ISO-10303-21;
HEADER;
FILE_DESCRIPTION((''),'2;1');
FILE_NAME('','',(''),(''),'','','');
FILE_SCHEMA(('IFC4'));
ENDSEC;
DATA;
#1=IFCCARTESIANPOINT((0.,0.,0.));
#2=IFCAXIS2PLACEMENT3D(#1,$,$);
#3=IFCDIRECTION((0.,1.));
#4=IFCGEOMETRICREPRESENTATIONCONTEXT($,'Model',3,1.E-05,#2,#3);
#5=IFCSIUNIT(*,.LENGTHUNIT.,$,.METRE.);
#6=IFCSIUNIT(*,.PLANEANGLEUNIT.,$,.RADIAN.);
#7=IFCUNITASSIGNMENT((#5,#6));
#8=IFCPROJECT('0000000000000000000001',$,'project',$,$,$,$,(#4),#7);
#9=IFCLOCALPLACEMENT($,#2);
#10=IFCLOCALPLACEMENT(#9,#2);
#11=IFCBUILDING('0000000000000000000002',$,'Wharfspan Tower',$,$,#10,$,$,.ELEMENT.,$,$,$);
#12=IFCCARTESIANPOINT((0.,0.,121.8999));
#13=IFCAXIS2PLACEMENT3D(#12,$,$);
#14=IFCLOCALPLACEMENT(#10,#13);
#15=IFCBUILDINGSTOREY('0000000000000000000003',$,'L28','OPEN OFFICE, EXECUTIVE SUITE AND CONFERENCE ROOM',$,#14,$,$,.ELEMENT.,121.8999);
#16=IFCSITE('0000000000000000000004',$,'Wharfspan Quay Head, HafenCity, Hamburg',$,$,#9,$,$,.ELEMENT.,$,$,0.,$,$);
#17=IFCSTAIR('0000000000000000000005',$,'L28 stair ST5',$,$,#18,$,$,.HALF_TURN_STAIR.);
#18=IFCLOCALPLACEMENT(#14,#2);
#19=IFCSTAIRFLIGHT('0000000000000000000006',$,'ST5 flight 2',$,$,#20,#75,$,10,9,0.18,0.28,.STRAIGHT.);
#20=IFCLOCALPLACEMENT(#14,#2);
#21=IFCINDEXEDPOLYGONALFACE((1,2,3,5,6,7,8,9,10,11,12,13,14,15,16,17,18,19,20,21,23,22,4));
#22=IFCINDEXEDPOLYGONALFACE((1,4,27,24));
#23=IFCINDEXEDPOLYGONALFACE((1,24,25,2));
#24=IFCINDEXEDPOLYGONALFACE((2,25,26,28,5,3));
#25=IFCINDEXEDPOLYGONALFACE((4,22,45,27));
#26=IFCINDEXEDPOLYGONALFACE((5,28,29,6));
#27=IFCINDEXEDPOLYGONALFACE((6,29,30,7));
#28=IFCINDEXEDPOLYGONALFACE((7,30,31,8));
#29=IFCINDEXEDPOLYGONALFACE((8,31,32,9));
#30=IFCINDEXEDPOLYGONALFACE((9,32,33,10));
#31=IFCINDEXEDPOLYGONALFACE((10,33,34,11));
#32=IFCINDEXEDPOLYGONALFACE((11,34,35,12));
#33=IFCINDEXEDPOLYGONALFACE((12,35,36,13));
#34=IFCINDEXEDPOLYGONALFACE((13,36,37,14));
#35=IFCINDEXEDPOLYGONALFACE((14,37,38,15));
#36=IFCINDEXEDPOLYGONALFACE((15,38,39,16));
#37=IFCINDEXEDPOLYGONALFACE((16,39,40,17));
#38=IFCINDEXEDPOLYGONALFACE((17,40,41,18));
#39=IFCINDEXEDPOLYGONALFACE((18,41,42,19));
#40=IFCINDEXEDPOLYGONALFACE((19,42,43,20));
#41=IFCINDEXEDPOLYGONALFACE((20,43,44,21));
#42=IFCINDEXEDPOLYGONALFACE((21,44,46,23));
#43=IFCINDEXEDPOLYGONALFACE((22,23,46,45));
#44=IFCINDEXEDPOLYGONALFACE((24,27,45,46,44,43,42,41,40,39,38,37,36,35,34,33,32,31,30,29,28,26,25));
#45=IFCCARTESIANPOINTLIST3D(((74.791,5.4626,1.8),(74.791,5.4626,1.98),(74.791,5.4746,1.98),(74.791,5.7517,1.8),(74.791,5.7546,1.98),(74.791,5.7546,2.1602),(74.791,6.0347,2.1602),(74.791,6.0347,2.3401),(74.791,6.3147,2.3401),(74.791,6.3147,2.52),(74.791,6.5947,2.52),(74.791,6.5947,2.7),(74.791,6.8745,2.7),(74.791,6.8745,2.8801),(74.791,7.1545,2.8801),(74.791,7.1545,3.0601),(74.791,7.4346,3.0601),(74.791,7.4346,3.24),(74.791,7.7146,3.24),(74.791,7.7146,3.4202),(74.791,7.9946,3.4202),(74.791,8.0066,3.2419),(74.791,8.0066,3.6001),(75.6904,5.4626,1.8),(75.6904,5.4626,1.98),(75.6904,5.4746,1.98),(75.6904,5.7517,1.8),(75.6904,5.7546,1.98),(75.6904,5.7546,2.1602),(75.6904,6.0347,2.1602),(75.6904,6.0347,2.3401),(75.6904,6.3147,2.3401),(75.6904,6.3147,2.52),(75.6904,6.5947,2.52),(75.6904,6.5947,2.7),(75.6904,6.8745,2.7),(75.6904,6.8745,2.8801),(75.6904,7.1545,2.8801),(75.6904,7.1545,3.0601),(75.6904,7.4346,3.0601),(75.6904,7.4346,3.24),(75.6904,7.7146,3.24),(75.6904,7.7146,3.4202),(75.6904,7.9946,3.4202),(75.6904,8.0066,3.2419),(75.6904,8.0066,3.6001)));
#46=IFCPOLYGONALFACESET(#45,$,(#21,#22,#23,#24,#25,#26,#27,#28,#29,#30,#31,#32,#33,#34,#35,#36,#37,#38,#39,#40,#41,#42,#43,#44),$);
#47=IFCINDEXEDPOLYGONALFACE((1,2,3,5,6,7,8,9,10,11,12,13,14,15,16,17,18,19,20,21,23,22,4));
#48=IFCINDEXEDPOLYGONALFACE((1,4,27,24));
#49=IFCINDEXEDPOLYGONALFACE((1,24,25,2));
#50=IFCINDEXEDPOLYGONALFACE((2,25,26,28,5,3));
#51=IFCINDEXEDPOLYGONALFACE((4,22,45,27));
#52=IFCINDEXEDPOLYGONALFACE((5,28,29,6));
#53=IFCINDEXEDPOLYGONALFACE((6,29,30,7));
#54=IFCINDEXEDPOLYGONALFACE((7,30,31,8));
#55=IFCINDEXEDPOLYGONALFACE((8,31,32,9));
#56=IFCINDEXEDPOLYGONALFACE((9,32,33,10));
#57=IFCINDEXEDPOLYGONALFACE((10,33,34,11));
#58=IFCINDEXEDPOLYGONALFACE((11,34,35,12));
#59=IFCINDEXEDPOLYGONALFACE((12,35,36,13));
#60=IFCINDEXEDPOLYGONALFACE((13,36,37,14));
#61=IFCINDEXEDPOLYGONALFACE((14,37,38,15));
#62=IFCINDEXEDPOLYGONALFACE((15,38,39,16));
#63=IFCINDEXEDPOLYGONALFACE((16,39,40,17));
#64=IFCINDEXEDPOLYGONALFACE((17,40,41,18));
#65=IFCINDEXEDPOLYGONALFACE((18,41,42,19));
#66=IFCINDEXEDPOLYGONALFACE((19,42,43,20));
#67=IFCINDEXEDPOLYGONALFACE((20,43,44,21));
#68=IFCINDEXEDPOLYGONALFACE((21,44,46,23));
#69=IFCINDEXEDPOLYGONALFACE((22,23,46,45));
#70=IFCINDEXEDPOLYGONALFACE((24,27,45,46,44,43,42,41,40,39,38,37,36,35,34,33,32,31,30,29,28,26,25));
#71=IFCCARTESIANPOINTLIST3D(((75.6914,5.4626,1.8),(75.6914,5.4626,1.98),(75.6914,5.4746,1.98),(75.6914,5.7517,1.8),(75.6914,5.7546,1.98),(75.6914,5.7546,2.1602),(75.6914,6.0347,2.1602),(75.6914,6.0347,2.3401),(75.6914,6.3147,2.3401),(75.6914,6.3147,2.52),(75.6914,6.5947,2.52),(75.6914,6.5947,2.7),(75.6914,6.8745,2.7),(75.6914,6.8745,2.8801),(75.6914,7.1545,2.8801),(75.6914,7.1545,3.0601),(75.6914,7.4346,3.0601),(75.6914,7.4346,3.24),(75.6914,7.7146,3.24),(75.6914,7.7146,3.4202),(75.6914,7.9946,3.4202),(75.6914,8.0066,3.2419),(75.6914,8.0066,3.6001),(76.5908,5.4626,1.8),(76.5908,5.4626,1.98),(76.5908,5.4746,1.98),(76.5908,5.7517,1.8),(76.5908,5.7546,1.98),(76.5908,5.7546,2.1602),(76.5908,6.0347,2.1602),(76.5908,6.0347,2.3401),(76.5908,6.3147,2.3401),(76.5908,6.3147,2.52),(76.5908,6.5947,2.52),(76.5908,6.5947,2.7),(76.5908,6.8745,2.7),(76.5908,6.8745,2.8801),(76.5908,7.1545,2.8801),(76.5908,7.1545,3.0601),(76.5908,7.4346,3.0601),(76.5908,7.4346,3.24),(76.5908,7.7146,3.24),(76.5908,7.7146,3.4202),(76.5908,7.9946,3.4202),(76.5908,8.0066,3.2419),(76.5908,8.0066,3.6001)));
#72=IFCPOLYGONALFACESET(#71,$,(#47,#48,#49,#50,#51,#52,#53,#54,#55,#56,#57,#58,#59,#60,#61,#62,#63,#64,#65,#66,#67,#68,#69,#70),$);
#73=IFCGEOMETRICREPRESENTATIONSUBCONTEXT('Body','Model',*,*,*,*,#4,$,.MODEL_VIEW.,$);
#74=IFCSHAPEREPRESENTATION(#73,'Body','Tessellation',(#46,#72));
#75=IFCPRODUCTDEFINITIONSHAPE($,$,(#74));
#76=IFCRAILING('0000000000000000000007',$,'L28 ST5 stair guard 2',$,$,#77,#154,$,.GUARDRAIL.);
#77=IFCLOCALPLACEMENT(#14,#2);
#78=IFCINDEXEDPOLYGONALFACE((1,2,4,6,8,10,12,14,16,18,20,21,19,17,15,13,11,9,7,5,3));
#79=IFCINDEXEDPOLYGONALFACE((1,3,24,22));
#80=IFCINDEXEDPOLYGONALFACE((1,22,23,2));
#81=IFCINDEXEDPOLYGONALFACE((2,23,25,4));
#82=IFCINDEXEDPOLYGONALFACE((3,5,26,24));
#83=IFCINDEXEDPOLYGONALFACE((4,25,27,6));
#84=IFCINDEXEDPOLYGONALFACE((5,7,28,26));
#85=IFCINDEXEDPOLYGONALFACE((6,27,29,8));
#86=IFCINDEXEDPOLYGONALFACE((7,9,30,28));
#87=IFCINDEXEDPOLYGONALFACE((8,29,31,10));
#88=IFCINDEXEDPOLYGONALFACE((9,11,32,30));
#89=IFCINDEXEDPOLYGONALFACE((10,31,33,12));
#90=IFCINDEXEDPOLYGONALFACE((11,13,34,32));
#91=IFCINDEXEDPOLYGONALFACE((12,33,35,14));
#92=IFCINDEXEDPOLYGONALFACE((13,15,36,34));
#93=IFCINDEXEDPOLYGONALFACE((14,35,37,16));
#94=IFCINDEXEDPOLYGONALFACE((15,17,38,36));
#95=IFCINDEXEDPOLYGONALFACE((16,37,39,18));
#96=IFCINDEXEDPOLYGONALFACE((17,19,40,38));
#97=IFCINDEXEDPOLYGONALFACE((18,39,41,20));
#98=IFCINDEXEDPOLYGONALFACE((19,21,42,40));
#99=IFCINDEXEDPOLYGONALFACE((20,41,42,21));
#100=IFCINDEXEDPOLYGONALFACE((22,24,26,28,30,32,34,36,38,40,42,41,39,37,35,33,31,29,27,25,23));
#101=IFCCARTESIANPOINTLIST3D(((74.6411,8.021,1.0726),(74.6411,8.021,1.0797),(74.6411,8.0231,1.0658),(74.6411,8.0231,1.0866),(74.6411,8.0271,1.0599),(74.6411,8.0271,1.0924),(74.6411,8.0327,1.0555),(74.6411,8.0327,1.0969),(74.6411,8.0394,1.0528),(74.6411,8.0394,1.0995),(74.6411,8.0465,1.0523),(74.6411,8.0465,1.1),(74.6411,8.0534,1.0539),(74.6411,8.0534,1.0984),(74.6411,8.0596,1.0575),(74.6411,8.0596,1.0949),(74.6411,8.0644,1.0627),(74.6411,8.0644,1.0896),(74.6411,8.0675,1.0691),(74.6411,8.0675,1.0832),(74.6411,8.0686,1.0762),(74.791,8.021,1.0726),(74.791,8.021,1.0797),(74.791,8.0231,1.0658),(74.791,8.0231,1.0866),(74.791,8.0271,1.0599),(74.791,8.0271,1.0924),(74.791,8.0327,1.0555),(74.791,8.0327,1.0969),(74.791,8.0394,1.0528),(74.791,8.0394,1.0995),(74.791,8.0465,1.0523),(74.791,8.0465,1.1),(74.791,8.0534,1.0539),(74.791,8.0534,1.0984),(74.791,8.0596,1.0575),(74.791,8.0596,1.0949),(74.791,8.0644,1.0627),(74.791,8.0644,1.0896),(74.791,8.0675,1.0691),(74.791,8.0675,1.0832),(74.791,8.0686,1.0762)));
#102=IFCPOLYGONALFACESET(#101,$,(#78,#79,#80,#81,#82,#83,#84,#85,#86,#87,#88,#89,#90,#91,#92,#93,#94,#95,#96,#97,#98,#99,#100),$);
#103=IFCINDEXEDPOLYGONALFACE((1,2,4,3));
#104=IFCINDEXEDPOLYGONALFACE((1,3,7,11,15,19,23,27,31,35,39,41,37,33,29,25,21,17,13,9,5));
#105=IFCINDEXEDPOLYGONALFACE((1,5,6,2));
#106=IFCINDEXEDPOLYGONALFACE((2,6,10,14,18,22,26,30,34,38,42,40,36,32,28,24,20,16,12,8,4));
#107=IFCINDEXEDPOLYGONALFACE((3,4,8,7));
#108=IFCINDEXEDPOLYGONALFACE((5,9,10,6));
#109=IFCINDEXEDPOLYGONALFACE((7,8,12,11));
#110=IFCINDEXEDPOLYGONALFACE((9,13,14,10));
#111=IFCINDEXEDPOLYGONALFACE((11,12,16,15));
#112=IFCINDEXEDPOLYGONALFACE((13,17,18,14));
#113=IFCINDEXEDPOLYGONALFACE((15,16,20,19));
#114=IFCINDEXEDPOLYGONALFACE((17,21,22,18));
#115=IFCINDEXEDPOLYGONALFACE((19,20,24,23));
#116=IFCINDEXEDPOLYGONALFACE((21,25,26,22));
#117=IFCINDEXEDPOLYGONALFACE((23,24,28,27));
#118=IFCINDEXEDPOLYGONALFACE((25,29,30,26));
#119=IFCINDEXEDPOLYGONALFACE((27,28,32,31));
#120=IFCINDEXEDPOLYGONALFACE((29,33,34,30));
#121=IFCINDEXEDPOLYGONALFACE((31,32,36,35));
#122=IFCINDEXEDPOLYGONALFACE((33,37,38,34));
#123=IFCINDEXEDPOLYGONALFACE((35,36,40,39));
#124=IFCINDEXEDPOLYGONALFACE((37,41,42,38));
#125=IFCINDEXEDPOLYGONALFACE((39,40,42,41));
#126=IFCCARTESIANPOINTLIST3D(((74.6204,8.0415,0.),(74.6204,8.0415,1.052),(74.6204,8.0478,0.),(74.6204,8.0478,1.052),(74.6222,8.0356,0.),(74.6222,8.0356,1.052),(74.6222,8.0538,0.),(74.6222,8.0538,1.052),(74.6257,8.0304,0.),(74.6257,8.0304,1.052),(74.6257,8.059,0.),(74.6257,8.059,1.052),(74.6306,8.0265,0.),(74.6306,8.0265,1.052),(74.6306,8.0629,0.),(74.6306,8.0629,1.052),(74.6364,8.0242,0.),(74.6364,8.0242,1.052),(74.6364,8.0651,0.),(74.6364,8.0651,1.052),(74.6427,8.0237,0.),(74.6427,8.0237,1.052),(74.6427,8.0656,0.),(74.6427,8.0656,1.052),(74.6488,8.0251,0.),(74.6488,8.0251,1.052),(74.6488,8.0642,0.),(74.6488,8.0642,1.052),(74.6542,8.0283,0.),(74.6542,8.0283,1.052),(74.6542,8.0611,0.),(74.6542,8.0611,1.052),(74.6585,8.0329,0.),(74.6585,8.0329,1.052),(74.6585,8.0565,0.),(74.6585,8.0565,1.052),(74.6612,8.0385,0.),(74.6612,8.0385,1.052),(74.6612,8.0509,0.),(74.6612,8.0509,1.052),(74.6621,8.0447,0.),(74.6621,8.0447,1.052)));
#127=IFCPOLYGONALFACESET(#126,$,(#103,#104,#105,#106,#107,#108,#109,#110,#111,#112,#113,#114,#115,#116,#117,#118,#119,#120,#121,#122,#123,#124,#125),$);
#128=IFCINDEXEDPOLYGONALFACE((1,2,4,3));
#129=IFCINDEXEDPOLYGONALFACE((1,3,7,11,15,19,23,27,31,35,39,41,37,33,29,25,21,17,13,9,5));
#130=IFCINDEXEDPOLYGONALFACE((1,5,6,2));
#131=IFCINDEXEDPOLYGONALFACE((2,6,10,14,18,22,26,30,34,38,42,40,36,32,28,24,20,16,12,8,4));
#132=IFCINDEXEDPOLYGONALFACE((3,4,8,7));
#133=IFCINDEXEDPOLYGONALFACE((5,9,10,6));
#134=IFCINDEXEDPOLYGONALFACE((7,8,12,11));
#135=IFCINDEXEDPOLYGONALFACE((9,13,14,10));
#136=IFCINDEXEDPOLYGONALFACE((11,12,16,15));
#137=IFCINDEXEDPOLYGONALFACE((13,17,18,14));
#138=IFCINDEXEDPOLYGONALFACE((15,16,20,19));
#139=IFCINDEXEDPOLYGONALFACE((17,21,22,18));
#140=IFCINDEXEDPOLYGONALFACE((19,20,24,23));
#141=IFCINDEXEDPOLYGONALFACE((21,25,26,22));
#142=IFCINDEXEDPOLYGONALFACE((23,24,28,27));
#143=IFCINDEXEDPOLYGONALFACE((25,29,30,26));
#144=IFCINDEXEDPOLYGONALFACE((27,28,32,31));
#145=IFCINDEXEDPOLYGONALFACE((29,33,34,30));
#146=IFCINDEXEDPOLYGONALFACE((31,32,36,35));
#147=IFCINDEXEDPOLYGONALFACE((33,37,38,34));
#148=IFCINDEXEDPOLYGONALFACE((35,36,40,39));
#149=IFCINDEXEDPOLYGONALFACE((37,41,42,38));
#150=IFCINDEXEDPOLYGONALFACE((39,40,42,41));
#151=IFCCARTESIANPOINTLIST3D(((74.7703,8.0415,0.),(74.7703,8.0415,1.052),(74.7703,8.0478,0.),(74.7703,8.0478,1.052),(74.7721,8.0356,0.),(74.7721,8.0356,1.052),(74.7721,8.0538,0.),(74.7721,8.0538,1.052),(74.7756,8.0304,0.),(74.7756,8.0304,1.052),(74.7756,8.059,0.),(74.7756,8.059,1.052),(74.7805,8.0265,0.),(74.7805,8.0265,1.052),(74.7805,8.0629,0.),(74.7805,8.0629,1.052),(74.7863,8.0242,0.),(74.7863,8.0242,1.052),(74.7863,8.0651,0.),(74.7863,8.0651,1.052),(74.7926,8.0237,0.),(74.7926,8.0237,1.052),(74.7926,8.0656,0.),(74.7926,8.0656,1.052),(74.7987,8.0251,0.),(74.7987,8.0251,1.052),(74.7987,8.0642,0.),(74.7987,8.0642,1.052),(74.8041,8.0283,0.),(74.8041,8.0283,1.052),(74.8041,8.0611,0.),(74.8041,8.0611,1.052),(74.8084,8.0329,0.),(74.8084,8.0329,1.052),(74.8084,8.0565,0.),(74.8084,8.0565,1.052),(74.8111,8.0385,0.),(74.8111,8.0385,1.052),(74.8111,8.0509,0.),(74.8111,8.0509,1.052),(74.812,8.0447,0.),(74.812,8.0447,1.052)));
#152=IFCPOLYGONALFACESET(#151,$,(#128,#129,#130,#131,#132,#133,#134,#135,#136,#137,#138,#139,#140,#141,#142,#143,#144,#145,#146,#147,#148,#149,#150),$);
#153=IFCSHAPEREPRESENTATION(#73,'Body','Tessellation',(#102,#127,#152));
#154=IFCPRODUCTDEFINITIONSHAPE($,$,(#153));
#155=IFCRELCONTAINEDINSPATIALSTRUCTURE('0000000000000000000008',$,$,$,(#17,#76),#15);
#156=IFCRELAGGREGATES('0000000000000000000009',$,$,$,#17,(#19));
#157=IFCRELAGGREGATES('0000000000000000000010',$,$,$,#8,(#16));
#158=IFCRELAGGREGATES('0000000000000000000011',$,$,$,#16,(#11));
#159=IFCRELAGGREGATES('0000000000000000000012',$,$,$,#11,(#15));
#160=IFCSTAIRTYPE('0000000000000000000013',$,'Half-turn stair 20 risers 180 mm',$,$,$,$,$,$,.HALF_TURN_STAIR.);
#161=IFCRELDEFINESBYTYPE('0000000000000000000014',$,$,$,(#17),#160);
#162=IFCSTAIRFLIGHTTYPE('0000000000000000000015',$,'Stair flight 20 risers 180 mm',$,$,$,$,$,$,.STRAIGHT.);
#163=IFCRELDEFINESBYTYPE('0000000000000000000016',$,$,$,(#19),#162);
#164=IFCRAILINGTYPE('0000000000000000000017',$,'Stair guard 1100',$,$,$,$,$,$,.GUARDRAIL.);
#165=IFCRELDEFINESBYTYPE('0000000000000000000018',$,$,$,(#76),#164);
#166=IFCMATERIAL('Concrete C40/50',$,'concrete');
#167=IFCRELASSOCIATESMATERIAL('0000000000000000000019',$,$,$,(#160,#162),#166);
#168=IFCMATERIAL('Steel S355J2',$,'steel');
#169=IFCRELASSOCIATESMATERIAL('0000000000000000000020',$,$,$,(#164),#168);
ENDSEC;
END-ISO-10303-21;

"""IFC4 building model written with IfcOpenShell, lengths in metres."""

from ifc_helpers import new_model, si_unit, direction, frame, origin, origin_2d, place, context, subcontext, project, spatial, polyline, circle, outline, extrude, material, type_object, element, aggregate, save


model = new_model("IFC4")

# Units and contexts
model_context = context("Model", 3, precision=1e-05, world=origin(), true_north=direction((0.0, 1.0)))
body_context = subcontext(model_context, "Body", "Model", "MODEL_VIEW")
ifc_project = project(units=[si_unit("LENGTHUNIT", "METRE"), si_unit("PLANEANGLEUNIT", "RADIAN")], contexts=[model_context])

# Site, building, storey
site_placement = place(None, origin())
site = spatial("IfcSite", under=ifc_project, at=site_placement, Name="Wharfspan Quay Head, HafenCity, Hamburg", CompositionType="ELEMENT", RefElevation=0.0)
building_placement = place(site_placement, origin())
building = spatial("IfcBuilding", under=site, at=building_placement, Name="Wharfspan Tower", CompositionType="ELEMENT")
storey_placement = place(building_placement, frame((0.0, 0.0, 121.8999)))
storey = spatial("IfcBuildingStorey", under=building, at=storey_placement, Name="L28", Description="OPEN OFFICE, EXECUTIVE SUITE AND CONFERENCE ROOM", CompositionType="ELEMENT", Elevation=121.8999)

# Shared definitions
ifc_material_1 = material(Name="Steel S355J2", Category="steel")

# Shared definitions
ifc_material_2 = material(Name="Concrete C40/50", Category="concrete")

# Stair, stair flight
stair_type = type_object("IfcStairType", Name="Half-turn stair 20 risers 180 mm", PredefinedType="HALF_TURN_STAIR", material=ifc_material_2)
stair_placement = place(storey_placement, origin())
stair = element("IfcStair", 1, at=stair_placement, inside=storey, type_object=stair_type, Name="L28 stair ST5", PredefinedType="HALF_TURN_STAIR")
stair_flight_type = type_object("IfcStairFlightType", Name="Stair flight 20 risers 180 mm", PredefinedType="STRAIGHT", material=ifc_material_2)
stair_flight_1_placement = place(storey_placement, frame((75.6909, 5.4746, 1.8), z_axis=(0.0, 0.0, 1.0), x_axis=(0.0, 1.0, 0.0)))
stair_flight_1 = element("IfcStairFlight", 2, at=stair_flight_1_placement, type_object=stair_flight_type, Name="ST5 flight 2", NumberOfRisers=10, NumberOfTreads=9, PredefinedType="STRAIGHT", RiserHeight=0.18, TreadLength=0.28, context=body_context, shape_type="SweptSolid", body=[
    extrude(outline(polyline([(-0.012, 0.0), (-0.012, 0.1799), (0.0, 0.1799), (0.28, 0.1799), (0.28, 0.3601), (0.5601, 0.3601), (0.5601, 0.54), (0.8401, 0.54), (0.8401, 0.72), (1.1201, 0.72), (1.1201, 0.8999), (1.3999, 0.8999), (1.3999, 1.0801), (1.6799, 1.0801), (1.6799, 1.26), (1.96, 1.26), (1.96, 1.4399), (2.24, 1.4399), (2.24, 1.6201), (2.52, 1.6201), (2.532, 1.8), (2.532, 1.4419), (0.2771, 0.0), (-0.012, 0.0)])), frame((0.0, 0.8999, 0.0), z_axis=(0.0, -1.0, 0.0), x_axis=(1.0, 0.0, 0.0)), (0.0, 0.0, 1.0), 0.8994),
    extrude(outline(polyline([(-0.012, 0.0), (-0.012, 0.1799), (0.0, 0.1799), (0.28, 0.1799), (0.28, 0.3601), (0.5601, 0.3601), (0.5601, 0.54), (0.8401, 0.54), (0.8401, 0.72), (1.1201, 0.72), (1.1201, 0.8999), (1.3999, 0.8999), (1.3999, 1.0801), (1.6799, 1.0801), (1.6799, 1.26), (1.96, 1.26), (1.96, 1.4399), (2.24, 1.4399), (2.24, 1.6201), (2.52, 1.6201), (2.532, 1.8), (2.532, 1.4419), (0.2771, 0.0), (-0.012, 0.0)])), frame((0.0, -0.0005, 0.0), z_axis=(0.0, -1.0, 0.0), x_axis=(1.0, 0.0, 0.0)), (0.0, 0.0, 1.0), 0.8994),
])
aggregate(stair, [stair_flight_1])

# Railing
railing_type_1 = type_object("IfcRailingType", Name="Stair guard 1100", PredefinedType="GUARDRAIL", material=ifc_material_1)
railing_1_placement = place(storey_placement, frame((74.6411, 8.0447, 0.0)))
element("IfcRailing", 3, at=railing_1_placement, inside=storey, type_object=railing_type_1, Name="L28 ST5 stair guard 2", PredefinedType="GUARDRAIL", context=body_context, shape_type="SweptSolid", body=[
    extrude(circle(Radius=0.0239, at=origin_2d()), frame((0.0, 0.0, 1.0762), z_axis=(1.0, 0.0, 0.0), x_axis=(0.0, 1.0, 0.0)), (0.0, 0.0, 1.0), 0.1499),
    extrude(circle(Radius=0.021, at=origin_2d()), origin(), (0.0, 0.0, 1.0), 1.052),
    extrude(circle(Radius=0.021, at=origin_2d()), frame((0.1499, 0.0, 0.0)), (0.0, 0.0, 1.0), 1.052),
])

save(model, "model.ifc")
